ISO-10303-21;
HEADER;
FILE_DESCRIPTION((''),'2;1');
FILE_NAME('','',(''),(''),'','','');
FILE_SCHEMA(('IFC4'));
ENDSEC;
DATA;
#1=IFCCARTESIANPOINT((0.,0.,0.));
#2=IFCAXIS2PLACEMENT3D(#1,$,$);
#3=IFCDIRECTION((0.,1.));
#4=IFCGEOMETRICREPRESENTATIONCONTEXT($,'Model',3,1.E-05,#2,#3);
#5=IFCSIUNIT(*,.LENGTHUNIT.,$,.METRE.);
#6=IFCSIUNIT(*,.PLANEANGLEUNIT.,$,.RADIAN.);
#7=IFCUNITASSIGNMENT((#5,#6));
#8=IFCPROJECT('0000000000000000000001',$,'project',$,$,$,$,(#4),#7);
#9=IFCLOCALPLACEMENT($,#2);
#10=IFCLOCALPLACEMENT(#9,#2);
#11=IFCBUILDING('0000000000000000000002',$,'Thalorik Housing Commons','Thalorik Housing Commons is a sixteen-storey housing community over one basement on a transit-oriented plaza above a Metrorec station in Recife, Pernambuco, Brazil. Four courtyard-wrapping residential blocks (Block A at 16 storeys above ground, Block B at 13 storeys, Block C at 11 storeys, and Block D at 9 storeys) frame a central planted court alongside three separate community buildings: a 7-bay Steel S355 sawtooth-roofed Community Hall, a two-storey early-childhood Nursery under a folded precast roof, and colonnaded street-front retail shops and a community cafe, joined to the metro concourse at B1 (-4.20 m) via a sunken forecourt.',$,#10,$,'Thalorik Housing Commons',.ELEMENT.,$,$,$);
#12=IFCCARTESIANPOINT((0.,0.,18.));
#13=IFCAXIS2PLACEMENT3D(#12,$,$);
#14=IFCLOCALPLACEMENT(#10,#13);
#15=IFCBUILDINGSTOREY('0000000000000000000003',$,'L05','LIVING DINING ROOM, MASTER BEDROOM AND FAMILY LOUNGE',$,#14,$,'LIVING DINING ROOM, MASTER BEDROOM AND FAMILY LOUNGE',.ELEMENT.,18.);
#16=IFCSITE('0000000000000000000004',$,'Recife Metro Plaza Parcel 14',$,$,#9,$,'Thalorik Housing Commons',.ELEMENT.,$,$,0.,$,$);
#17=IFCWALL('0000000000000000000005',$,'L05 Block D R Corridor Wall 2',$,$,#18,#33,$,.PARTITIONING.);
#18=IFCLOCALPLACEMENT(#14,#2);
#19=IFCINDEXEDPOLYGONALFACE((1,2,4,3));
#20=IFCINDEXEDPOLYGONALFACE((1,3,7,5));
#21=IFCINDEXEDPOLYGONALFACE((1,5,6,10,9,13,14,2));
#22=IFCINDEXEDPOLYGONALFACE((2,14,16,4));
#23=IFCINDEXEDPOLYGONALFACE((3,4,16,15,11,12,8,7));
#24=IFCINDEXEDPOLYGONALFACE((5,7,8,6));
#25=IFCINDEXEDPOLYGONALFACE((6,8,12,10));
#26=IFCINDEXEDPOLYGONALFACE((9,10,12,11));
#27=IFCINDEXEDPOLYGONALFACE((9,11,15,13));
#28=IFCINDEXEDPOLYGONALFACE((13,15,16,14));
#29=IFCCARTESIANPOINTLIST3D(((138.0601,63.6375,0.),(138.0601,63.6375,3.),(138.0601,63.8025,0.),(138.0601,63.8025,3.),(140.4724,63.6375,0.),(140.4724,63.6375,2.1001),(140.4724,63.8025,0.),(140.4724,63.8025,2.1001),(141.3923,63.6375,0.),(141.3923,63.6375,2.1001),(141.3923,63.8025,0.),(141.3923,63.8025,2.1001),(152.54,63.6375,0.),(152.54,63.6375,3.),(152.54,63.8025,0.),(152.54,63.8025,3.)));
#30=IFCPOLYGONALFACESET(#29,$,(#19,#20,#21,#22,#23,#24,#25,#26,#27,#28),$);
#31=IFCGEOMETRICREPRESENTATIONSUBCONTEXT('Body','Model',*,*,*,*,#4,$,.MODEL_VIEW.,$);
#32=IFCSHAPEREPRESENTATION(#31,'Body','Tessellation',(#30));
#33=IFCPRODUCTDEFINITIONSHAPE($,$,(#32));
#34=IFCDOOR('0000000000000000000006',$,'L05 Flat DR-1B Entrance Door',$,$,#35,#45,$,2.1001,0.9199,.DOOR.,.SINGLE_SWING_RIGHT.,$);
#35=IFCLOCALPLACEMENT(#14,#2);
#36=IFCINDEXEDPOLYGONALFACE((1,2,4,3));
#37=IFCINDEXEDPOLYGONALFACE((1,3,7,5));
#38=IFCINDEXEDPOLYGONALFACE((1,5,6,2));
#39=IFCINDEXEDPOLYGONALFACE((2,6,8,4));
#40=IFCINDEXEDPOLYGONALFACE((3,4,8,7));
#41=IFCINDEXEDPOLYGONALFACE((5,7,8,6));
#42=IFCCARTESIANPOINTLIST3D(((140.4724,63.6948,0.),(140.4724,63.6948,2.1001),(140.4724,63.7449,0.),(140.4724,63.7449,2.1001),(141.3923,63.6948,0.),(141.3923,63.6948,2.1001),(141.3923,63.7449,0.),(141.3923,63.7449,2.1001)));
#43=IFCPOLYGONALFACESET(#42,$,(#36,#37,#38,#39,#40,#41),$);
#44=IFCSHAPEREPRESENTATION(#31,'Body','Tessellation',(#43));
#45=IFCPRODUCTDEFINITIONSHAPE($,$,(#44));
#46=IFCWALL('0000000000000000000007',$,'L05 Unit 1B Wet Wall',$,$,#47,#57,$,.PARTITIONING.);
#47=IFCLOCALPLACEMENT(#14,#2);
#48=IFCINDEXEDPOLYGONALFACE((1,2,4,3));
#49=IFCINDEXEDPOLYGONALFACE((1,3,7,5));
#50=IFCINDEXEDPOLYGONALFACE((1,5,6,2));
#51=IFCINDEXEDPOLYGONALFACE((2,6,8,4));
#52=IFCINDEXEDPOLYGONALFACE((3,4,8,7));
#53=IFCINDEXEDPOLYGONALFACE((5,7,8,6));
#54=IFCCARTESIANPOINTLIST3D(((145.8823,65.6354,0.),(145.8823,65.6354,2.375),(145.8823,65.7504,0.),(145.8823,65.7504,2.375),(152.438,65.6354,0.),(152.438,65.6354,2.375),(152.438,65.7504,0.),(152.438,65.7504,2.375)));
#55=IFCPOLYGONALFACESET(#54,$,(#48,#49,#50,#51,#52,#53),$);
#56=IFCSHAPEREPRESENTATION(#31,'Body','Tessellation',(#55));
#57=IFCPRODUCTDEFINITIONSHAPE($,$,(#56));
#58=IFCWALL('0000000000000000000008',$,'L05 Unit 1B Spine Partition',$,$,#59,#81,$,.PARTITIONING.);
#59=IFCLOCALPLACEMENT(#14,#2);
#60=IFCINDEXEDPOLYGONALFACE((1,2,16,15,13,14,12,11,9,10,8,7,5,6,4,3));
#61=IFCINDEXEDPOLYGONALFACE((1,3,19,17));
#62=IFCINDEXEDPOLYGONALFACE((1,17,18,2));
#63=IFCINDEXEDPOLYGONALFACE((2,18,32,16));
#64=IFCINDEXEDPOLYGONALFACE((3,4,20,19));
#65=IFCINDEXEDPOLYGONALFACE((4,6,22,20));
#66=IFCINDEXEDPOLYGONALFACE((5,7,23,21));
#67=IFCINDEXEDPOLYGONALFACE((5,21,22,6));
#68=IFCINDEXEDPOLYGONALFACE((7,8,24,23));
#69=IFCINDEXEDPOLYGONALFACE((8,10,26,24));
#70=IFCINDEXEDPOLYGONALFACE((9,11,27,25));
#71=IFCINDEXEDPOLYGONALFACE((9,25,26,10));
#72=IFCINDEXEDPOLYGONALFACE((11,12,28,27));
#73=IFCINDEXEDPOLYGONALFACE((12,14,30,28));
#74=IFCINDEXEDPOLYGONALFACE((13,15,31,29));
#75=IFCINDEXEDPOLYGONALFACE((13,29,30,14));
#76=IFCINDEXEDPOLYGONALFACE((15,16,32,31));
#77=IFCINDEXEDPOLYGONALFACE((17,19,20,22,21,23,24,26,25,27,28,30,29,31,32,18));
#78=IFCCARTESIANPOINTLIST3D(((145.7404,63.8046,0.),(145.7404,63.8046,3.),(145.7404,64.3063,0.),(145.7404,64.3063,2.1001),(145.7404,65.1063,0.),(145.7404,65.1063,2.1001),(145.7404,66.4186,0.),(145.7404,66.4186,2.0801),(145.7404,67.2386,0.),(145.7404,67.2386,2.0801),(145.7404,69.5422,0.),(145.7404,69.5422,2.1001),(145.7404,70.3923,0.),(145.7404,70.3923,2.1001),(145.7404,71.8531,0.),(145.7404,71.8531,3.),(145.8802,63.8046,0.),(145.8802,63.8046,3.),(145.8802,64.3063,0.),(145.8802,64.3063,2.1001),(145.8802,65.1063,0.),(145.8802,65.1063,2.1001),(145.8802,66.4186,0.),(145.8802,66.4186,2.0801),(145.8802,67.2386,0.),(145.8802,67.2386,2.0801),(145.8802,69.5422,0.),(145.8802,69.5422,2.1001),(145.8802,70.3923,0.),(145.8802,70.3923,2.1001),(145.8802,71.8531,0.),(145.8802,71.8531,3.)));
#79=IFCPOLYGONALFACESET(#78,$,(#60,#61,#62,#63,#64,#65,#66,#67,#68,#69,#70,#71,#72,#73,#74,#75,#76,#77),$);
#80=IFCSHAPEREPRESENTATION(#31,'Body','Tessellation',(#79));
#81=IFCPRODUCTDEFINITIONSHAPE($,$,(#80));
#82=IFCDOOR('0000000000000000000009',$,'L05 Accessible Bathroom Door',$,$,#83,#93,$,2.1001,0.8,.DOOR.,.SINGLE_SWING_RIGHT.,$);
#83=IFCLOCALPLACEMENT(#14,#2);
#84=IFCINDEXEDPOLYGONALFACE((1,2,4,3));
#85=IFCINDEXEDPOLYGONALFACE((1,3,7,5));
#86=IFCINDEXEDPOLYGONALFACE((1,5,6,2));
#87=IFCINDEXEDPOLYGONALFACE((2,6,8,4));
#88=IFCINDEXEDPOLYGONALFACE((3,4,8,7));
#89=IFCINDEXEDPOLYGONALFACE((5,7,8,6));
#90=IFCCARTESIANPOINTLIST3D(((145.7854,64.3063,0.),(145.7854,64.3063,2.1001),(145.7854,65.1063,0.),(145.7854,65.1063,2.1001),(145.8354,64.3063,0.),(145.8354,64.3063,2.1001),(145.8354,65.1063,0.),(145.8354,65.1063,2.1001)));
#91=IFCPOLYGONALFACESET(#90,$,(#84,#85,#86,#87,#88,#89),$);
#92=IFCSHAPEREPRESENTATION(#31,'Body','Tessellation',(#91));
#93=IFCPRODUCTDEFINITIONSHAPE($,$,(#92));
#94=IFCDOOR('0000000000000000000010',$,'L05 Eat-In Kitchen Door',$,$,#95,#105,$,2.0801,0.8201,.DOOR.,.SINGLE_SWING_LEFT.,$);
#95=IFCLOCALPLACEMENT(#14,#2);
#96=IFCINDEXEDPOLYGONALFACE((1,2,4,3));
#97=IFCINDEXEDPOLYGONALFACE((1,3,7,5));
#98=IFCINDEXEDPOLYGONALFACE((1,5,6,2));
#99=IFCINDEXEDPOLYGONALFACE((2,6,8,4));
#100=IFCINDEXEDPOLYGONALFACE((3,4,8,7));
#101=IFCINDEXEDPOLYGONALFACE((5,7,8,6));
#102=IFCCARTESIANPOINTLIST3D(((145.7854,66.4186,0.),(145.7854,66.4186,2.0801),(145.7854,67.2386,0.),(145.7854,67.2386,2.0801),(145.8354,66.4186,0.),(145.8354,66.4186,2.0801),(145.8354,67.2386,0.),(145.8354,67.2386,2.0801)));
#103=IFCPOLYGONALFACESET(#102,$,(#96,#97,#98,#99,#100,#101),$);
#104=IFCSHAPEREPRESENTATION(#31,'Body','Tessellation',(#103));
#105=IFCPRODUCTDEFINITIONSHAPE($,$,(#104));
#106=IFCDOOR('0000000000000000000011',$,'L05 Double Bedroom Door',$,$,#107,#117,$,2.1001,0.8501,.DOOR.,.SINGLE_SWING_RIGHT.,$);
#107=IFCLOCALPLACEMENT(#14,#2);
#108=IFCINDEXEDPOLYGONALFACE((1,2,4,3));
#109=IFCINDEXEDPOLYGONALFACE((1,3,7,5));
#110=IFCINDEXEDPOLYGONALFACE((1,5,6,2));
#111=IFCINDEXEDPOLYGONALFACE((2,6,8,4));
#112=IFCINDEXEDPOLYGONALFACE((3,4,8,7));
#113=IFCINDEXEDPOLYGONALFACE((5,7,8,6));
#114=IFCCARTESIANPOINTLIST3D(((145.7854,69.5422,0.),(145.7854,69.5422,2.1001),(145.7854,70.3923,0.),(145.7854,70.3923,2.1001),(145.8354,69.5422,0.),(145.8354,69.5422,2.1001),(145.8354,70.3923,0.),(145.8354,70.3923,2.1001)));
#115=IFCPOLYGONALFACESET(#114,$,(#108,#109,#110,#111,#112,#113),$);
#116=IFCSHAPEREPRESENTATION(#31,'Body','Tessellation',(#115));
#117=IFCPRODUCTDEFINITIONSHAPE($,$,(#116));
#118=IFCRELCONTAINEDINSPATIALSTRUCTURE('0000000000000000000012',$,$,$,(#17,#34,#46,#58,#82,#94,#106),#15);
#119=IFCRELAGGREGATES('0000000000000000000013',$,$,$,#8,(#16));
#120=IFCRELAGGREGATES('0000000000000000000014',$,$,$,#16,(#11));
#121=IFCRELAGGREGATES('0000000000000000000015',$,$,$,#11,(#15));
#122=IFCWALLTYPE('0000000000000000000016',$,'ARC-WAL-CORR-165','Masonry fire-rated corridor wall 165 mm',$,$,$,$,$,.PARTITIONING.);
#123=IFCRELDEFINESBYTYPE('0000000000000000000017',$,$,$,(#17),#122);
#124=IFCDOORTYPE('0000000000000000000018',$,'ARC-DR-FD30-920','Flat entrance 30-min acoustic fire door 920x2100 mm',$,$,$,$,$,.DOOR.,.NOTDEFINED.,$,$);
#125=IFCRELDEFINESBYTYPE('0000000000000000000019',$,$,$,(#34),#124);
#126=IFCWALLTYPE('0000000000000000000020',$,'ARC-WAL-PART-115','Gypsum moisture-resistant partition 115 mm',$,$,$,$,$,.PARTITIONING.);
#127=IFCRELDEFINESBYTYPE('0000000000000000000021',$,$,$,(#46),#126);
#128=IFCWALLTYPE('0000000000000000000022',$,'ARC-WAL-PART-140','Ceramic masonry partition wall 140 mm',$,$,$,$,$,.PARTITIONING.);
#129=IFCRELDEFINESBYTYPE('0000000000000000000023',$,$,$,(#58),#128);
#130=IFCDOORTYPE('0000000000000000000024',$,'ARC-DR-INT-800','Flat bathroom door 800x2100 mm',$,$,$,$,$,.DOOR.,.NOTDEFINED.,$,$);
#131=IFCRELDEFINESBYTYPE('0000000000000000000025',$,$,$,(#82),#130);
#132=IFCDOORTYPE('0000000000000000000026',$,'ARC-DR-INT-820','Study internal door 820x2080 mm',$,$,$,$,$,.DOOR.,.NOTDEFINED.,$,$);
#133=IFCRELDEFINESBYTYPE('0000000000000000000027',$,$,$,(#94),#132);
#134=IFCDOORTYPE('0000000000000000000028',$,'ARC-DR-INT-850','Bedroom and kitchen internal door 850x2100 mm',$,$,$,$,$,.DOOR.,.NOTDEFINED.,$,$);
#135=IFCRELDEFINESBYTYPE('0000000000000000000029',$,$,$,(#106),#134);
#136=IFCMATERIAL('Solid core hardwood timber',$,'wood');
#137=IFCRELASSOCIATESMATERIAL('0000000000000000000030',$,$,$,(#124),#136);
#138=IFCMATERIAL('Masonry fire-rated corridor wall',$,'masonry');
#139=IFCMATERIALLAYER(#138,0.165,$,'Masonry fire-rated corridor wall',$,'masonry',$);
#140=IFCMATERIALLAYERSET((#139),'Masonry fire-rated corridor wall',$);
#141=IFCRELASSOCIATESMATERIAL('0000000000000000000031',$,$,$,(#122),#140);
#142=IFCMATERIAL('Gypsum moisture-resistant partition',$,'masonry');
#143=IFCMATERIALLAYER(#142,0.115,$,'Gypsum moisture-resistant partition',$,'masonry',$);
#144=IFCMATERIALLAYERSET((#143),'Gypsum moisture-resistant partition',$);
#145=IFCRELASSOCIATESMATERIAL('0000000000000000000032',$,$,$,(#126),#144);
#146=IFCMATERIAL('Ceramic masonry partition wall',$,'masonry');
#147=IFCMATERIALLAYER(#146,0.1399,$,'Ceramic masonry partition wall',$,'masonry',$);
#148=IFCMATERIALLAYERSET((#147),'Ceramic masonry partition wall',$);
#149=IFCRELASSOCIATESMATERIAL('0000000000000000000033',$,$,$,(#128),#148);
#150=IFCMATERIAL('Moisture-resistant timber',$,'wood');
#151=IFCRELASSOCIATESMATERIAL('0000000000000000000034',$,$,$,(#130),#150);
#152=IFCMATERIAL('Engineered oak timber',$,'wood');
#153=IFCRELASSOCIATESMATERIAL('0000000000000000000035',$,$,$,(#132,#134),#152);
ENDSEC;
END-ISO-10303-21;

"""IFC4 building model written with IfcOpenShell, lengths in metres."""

from ifc_helpers import new_model, si_unit, direction, frame, frame_2d, origin, place, context, subcontext, project, spatial, rectangle, extrude, material, layer, layer_set, type_object, element, fill, save


model = new_model("IFC4")

# Units and contexts
model_context = context("Model", 3, precision=1e-05, world=origin(), true_north=direction((0.0, 1.0)))
body_context = subcontext(model_context, "Body", "Model", "MODEL_VIEW")
ifc_project = project(units=[si_unit("LENGTHUNIT", "METRE"), si_unit("PLANEANGLEUNIT", "RADIAN")], contexts=[model_context])

# Site, building, storey
site_placement = place(None, origin())
site = spatial("IfcSite", under=ifc_project, at=site_placement, Name="Recife Metro Plaza Parcel 14", LongName="Thalorik Housing Commons", CompositionType="ELEMENT", RefElevation=0.0)
building_placement = place(site_placement, origin())
building = spatial("IfcBuilding", under=site, at=building_placement, Name="Thalorik Housing Commons", Description="Thalorik Housing Commons is a sixteen-storey housing community over one basement on a transit-oriented plaza above a Metrorec station in Recife, Pernambuco, Brazil. Four courtyard-wrapping residential blocks (Block A at 16 storeys above ground, Block B at 13 storeys, Block C at 11 storeys, and Block D at 9 storeys) frame a central planted court alongside three separate community buildings: a 7-bay Steel S355 sawtooth-roofed Community Hall, a two-storey early-childhood Nursery under a folded precast roof, and colonnaded street-front retail shops and a community cafe, joined to the metro concourse at B1 (-4.20 m) via a sunken forecourt.", LongName="Thalorik Housing Commons", CompositionType="ELEMENT")
storey_placement = place(building_placement, frame((0.0, 0.0, 18.0)))
storey = spatial("IfcBuildingStorey", under=building, at=storey_placement, Name="L05", Description="LIVING DINING ROOM, MASTER BEDROOM AND FAMILY LOUNGE", LongName="LIVING DINING ROOM, MASTER BEDROOM AND FAMILY LOUNGE", CompositionType="ELEMENT", Elevation=18.0)

# Wall, opening, door
ifc_material_1 = material(Name="Masonry fire-rated corridor wall", Category="masonry")
ifc_material_2 = material(Name="Solid core hardwood timber", Category="wood")
door_type_1 = type_object("IfcDoorType", Name="ARC-DR-FD30-920", Description="Flat entrance 30-min acoustic fire door 920x2100 mm", OperationType="NOTDEFINED", PredefinedType="DOOR", material=ifc_material_2)
ifc_layer_1 = layer(ifc_material_1, 0.165, Name="Masonry fire-rated corridor wall", Category="masonry")
ifc_layer_set_1 = layer_set([ifc_layer_1], Name="Masonry fire-rated corridor wall")
wall_type_1 = type_object("IfcWallType", Name="ARC-WAL-CORR-165", Description="Masonry fire-rated corridor wall 165 mm", PredefinedType="PARTITIONING", material=ifc_layer_set_1)
wall_1_placement = place(storey_placement, frame((138.0601, 63.72, 0.0), z_axis=(0.0, 0.0, 1.0), x_axis=(1.0, 0.0, 0.0)))
wall_1 = element("IfcWall", 1, at=wall_1_placement, inside=storey, type_object=wall_type_1, Name="L05 Block D R Corridor Wall 2", PredefinedType="PARTITIONING", context=body_context, shape_type="SweptSolid", body=[
    extrude(rectangle(XDim=14.48, YDim=0.165, at=frame_2d((7.24, 0.0))), origin(), (0.0, 0.0, 1.0), 3.0),
])
opening_1_placement = place(wall_1_placement, frame((2.4124, 0.0, 0.0)))
opening_1 = element("IfcOpeningElement", 2, at=opening_1_placement, cuts=wall_1, PredefinedType="OPENING", context=body_context, shape_type="SweptSolid", body=[
    extrude(rectangle(XDim=0.9199, YDim=2.1001, at=frame_2d((0.46, 1.05))), frame((0.0, 0.0925, 0.0), z_axis=(0.0, -1.0, 0.0), x_axis=(1.0, 0.0, 0.0)), (0.0, 0.0, 1.0), 0.1851),
])
door_1_placement = place(opening_1_placement, origin())
door_1 = element("IfcDoor", 3, at=door_1_placement, inside=storey, type_object=door_type_1, Name="L05 Flat DR-1B Entrance Door", OperationType="SINGLE_SWING_RIGHT", OverallHeight=2.1001, OverallWidth=0.9199, PredefinedType="DOOR", context=body_context, shape_type="SweptSolid", body=[
    extrude(rectangle(XDim=0.9199, YDim=2.1001, at=frame_2d((0.46, 1.05))), frame((0.0, 0.0249, 0.0), z_axis=(0.0, -1.0, 0.0), x_axis=(1.0, 0.0, 0.0)), (0.0, 0.0, 1.0), 0.05),
])
fill(opening_1, door_1)

# Wall
ifc_material_3 = material(Name="Gypsum moisture-resistant partition", Category="masonry")
ifc_layer_2 = layer(ifc_material_3, 0.115, Name="Gypsum moisture-resistant partition", Category="masonry")
ifc_layer_set_2 = layer_set([ifc_layer_2], Name="Gypsum moisture-resistant partition")
wall_type_2 = type_object("IfcWallType", Name="ARC-WAL-PART-115", Description="Gypsum moisture-resistant partition 115 mm", PredefinedType="PARTITIONING", material=ifc_layer_set_2)
wall_2_placement = place(storey_placement, frame((145.8823, 65.6929, 0.0), z_axis=(0.0, 0.0, 1.0), x_axis=(1.0, 0.0, 0.0)))
element("IfcWall", 4, at=wall_2_placement, inside=storey, type_object=wall_type_2, Name="L05 Unit 1B Wet Wall", PredefinedType="PARTITIONING", context=body_context, shape_type="SweptSolid", body=[
    extrude(rectangle(XDim=6.5557, YDim=0.115, at=frame_2d((3.2778, 0.0))), origin(), (0.0, 0.0, 1.0), 2.375),
])

# Wall, openings, doors
ifc_material_4 = material(Name="Ceramic masonry partition wall", Category="masonry")
ifc_layer_3 = layer(ifc_material_4, 0.1399, Name="Ceramic masonry partition wall", Category="masonry")
ifc_layer_set_3 = layer_set([ifc_layer_3], Name="Ceramic masonry partition wall")
wall_type_3 = type_object("IfcWallType", Name="ARC-WAL-PART-140", Description="Ceramic masonry partition wall 140 mm", PredefinedType="PARTITIONING", material=ifc_layer_set_3)
wall_3_placement = place(storey_placement, frame((145.8103, 63.8044, 0.0), z_axis=(0.0, 0.0, 1.0), x_axis=(0.0, 1.0, 0.0)))
wall_3 = element("IfcWall", 5, at=wall_3_placement, inside=storey, type_object=wall_type_3, Name="L05 Unit 1B Spine Partition", PredefinedType="PARTITIONING", context=body_context, shape_type="SweptSolid", body=[
    extrude(rectangle(XDim=8.0486, YDim=0.1399, at=frame_2d((4.0244, 0.0))), origin(), (0.0, 0.0, 1.0), 3.0),
])
opening_2_placement = place(wall_3_placement, frame((0.502, 0.0, 0.0)))
opening_2 = element("IfcOpeningElement", 6, at=opening_2_placement, cuts=wall_3, PredefinedType="OPENING", context=body_context, shape_type="SweptSolid", body=[
    extrude(rectangle(XDim=0.8, YDim=2.1001, at=frame_2d((0.3999, 1.05))), frame((0.0, 0.0801, 0.0), z_axis=(0.0, -1.0, 0.0), x_axis=(1.0, 0.0, 0.0)), (0.0, 0.0, 1.0), 0.1599),
])
opening_3_placement = place(wall_3_placement, frame((2.614, 0.0, 0.0)))
opening_3 = element("IfcOpeningElement", 7, at=opening_3_placement, cuts=wall_3, PredefinedType="OPENING", context=body_context, shape_type="SweptSolid", body=[
    extrude(rectangle(XDim=0.8201, YDim=2.0801, at=frame_2d((0.4102, 1.04))), frame((0.0, 0.0801, 0.0), z_axis=(0.0, -1.0, 0.0), x_axis=(1.0, 0.0, 0.0)), (0.0, 0.0, 1.0), 0.1599),
])
opening_4_placement = place(wall_3_placement, frame((5.7378, 0.0, 0.0)))
opening_4 = element("IfcOpeningElement", 8, at=opening_4_placement, cuts=wall_3, PredefinedType="OPENING", context=body_context, shape_type="SweptSolid", body=[
    extrude(rectangle(XDim=0.8501, YDim=2.1001, at=frame_2d((0.425, 1.05))), frame((0.0, 0.0801, 0.0), z_axis=(0.0, -1.0, 0.0), x_axis=(1.0, 0.0, 0.0)), (0.0, 0.0, 1.0), 0.1599),
])
ifc_material_5 = material(Name="Moisture-resistant timber", Category="wood")
door_type_2 = type_object("IfcDoorType", Name="ARC-DR-INT-800", Description="Flat bathroom door 800x2100 mm", OperationType="NOTDEFINED", PredefinedType="DOOR", material=ifc_material_5)
door_2_placement = place(opening_2_placement, origin())
door_2 = element("IfcDoor", 9, at=door_2_placement, inside=storey, type_object=door_type_2, Name="L05 Accessible Bathroom Door", OperationType="SINGLE_SWING_RIGHT", OverallHeight=2.1001, OverallWidth=0.8, PredefinedType="DOOR", context=body_context, shape_type="SweptSolid", body=[
    extrude(rectangle(XDim=0.8, YDim=2.1001, at=frame_2d((0.3999, 1.05))), frame((0.0, 0.0249, 0.0), z_axis=(0.0, -1.0, 0.0), x_axis=(1.0, 0.0, 0.0)), (0.0, 0.0, 1.0), 0.05),
])
fill(opening_2, door_2)
ifc_material_6 = material(Name="Engineered oak timber", Category="wood")
door_type_3 = type_object("IfcDoorType", Name="ARC-DR-INT-820", Description="Study internal door 820x2080 mm", OperationType="NOTDEFINED", PredefinedType="DOOR", material=ifc_material_6)
door_3_placement = place(opening_3_placement, origin())
door_3 = element("IfcDoor", 10, at=door_3_placement, inside=storey, type_object=door_type_3, Name="L05 Eat-In Kitchen Door", OperationType="SINGLE_SWING_LEFT", OverallHeight=2.0801, OverallWidth=0.8201, PredefinedType="DOOR", context=body_context, shape_type="SweptSolid", body=[
    extrude(rectangle(XDim=0.8201, YDim=2.0801, at=frame_2d((0.4102, 1.04))), frame((0.0, 0.0249, 0.0), z_axis=(0.0, -1.0, 0.0), x_axis=(1.0, 0.0, 0.0)), (0.0, 0.0, 1.0), 0.05),
])
fill(opening_3, door_3)
door_type_4 = type_object("IfcDoorType", Name="ARC-DR-INT-850", Description="Bedroom and kitchen internal door 850x2100 mm", OperationType="NOTDEFINED", PredefinedType="DOOR", material=ifc_material_6)
door_4_placement = place(opening_4_placement, origin())
door_4 = element("IfcDoor", 11, at=door_4_placement, inside=storey, type_object=door_type_4, Name="L05 Double Bedroom Door", OperationType="SINGLE_SWING_RIGHT", OverallHeight=2.1001, OverallWidth=0.8501, PredefinedType="DOOR", context=body_context, shape_type="SweptSolid", body=[
    extrude(rectangle(XDim=0.8501, YDim=2.1001, at=frame_2d((0.425, 1.05))), frame((0.0, 0.0249, 0.0), z_axis=(0.0, -1.0, 0.0), x_axis=(1.0, 0.0, 0.0)), (0.0, 0.0, 1.0), 0.05),
])
fill(opening_4, door_4)

save(model, "model.ifc")
